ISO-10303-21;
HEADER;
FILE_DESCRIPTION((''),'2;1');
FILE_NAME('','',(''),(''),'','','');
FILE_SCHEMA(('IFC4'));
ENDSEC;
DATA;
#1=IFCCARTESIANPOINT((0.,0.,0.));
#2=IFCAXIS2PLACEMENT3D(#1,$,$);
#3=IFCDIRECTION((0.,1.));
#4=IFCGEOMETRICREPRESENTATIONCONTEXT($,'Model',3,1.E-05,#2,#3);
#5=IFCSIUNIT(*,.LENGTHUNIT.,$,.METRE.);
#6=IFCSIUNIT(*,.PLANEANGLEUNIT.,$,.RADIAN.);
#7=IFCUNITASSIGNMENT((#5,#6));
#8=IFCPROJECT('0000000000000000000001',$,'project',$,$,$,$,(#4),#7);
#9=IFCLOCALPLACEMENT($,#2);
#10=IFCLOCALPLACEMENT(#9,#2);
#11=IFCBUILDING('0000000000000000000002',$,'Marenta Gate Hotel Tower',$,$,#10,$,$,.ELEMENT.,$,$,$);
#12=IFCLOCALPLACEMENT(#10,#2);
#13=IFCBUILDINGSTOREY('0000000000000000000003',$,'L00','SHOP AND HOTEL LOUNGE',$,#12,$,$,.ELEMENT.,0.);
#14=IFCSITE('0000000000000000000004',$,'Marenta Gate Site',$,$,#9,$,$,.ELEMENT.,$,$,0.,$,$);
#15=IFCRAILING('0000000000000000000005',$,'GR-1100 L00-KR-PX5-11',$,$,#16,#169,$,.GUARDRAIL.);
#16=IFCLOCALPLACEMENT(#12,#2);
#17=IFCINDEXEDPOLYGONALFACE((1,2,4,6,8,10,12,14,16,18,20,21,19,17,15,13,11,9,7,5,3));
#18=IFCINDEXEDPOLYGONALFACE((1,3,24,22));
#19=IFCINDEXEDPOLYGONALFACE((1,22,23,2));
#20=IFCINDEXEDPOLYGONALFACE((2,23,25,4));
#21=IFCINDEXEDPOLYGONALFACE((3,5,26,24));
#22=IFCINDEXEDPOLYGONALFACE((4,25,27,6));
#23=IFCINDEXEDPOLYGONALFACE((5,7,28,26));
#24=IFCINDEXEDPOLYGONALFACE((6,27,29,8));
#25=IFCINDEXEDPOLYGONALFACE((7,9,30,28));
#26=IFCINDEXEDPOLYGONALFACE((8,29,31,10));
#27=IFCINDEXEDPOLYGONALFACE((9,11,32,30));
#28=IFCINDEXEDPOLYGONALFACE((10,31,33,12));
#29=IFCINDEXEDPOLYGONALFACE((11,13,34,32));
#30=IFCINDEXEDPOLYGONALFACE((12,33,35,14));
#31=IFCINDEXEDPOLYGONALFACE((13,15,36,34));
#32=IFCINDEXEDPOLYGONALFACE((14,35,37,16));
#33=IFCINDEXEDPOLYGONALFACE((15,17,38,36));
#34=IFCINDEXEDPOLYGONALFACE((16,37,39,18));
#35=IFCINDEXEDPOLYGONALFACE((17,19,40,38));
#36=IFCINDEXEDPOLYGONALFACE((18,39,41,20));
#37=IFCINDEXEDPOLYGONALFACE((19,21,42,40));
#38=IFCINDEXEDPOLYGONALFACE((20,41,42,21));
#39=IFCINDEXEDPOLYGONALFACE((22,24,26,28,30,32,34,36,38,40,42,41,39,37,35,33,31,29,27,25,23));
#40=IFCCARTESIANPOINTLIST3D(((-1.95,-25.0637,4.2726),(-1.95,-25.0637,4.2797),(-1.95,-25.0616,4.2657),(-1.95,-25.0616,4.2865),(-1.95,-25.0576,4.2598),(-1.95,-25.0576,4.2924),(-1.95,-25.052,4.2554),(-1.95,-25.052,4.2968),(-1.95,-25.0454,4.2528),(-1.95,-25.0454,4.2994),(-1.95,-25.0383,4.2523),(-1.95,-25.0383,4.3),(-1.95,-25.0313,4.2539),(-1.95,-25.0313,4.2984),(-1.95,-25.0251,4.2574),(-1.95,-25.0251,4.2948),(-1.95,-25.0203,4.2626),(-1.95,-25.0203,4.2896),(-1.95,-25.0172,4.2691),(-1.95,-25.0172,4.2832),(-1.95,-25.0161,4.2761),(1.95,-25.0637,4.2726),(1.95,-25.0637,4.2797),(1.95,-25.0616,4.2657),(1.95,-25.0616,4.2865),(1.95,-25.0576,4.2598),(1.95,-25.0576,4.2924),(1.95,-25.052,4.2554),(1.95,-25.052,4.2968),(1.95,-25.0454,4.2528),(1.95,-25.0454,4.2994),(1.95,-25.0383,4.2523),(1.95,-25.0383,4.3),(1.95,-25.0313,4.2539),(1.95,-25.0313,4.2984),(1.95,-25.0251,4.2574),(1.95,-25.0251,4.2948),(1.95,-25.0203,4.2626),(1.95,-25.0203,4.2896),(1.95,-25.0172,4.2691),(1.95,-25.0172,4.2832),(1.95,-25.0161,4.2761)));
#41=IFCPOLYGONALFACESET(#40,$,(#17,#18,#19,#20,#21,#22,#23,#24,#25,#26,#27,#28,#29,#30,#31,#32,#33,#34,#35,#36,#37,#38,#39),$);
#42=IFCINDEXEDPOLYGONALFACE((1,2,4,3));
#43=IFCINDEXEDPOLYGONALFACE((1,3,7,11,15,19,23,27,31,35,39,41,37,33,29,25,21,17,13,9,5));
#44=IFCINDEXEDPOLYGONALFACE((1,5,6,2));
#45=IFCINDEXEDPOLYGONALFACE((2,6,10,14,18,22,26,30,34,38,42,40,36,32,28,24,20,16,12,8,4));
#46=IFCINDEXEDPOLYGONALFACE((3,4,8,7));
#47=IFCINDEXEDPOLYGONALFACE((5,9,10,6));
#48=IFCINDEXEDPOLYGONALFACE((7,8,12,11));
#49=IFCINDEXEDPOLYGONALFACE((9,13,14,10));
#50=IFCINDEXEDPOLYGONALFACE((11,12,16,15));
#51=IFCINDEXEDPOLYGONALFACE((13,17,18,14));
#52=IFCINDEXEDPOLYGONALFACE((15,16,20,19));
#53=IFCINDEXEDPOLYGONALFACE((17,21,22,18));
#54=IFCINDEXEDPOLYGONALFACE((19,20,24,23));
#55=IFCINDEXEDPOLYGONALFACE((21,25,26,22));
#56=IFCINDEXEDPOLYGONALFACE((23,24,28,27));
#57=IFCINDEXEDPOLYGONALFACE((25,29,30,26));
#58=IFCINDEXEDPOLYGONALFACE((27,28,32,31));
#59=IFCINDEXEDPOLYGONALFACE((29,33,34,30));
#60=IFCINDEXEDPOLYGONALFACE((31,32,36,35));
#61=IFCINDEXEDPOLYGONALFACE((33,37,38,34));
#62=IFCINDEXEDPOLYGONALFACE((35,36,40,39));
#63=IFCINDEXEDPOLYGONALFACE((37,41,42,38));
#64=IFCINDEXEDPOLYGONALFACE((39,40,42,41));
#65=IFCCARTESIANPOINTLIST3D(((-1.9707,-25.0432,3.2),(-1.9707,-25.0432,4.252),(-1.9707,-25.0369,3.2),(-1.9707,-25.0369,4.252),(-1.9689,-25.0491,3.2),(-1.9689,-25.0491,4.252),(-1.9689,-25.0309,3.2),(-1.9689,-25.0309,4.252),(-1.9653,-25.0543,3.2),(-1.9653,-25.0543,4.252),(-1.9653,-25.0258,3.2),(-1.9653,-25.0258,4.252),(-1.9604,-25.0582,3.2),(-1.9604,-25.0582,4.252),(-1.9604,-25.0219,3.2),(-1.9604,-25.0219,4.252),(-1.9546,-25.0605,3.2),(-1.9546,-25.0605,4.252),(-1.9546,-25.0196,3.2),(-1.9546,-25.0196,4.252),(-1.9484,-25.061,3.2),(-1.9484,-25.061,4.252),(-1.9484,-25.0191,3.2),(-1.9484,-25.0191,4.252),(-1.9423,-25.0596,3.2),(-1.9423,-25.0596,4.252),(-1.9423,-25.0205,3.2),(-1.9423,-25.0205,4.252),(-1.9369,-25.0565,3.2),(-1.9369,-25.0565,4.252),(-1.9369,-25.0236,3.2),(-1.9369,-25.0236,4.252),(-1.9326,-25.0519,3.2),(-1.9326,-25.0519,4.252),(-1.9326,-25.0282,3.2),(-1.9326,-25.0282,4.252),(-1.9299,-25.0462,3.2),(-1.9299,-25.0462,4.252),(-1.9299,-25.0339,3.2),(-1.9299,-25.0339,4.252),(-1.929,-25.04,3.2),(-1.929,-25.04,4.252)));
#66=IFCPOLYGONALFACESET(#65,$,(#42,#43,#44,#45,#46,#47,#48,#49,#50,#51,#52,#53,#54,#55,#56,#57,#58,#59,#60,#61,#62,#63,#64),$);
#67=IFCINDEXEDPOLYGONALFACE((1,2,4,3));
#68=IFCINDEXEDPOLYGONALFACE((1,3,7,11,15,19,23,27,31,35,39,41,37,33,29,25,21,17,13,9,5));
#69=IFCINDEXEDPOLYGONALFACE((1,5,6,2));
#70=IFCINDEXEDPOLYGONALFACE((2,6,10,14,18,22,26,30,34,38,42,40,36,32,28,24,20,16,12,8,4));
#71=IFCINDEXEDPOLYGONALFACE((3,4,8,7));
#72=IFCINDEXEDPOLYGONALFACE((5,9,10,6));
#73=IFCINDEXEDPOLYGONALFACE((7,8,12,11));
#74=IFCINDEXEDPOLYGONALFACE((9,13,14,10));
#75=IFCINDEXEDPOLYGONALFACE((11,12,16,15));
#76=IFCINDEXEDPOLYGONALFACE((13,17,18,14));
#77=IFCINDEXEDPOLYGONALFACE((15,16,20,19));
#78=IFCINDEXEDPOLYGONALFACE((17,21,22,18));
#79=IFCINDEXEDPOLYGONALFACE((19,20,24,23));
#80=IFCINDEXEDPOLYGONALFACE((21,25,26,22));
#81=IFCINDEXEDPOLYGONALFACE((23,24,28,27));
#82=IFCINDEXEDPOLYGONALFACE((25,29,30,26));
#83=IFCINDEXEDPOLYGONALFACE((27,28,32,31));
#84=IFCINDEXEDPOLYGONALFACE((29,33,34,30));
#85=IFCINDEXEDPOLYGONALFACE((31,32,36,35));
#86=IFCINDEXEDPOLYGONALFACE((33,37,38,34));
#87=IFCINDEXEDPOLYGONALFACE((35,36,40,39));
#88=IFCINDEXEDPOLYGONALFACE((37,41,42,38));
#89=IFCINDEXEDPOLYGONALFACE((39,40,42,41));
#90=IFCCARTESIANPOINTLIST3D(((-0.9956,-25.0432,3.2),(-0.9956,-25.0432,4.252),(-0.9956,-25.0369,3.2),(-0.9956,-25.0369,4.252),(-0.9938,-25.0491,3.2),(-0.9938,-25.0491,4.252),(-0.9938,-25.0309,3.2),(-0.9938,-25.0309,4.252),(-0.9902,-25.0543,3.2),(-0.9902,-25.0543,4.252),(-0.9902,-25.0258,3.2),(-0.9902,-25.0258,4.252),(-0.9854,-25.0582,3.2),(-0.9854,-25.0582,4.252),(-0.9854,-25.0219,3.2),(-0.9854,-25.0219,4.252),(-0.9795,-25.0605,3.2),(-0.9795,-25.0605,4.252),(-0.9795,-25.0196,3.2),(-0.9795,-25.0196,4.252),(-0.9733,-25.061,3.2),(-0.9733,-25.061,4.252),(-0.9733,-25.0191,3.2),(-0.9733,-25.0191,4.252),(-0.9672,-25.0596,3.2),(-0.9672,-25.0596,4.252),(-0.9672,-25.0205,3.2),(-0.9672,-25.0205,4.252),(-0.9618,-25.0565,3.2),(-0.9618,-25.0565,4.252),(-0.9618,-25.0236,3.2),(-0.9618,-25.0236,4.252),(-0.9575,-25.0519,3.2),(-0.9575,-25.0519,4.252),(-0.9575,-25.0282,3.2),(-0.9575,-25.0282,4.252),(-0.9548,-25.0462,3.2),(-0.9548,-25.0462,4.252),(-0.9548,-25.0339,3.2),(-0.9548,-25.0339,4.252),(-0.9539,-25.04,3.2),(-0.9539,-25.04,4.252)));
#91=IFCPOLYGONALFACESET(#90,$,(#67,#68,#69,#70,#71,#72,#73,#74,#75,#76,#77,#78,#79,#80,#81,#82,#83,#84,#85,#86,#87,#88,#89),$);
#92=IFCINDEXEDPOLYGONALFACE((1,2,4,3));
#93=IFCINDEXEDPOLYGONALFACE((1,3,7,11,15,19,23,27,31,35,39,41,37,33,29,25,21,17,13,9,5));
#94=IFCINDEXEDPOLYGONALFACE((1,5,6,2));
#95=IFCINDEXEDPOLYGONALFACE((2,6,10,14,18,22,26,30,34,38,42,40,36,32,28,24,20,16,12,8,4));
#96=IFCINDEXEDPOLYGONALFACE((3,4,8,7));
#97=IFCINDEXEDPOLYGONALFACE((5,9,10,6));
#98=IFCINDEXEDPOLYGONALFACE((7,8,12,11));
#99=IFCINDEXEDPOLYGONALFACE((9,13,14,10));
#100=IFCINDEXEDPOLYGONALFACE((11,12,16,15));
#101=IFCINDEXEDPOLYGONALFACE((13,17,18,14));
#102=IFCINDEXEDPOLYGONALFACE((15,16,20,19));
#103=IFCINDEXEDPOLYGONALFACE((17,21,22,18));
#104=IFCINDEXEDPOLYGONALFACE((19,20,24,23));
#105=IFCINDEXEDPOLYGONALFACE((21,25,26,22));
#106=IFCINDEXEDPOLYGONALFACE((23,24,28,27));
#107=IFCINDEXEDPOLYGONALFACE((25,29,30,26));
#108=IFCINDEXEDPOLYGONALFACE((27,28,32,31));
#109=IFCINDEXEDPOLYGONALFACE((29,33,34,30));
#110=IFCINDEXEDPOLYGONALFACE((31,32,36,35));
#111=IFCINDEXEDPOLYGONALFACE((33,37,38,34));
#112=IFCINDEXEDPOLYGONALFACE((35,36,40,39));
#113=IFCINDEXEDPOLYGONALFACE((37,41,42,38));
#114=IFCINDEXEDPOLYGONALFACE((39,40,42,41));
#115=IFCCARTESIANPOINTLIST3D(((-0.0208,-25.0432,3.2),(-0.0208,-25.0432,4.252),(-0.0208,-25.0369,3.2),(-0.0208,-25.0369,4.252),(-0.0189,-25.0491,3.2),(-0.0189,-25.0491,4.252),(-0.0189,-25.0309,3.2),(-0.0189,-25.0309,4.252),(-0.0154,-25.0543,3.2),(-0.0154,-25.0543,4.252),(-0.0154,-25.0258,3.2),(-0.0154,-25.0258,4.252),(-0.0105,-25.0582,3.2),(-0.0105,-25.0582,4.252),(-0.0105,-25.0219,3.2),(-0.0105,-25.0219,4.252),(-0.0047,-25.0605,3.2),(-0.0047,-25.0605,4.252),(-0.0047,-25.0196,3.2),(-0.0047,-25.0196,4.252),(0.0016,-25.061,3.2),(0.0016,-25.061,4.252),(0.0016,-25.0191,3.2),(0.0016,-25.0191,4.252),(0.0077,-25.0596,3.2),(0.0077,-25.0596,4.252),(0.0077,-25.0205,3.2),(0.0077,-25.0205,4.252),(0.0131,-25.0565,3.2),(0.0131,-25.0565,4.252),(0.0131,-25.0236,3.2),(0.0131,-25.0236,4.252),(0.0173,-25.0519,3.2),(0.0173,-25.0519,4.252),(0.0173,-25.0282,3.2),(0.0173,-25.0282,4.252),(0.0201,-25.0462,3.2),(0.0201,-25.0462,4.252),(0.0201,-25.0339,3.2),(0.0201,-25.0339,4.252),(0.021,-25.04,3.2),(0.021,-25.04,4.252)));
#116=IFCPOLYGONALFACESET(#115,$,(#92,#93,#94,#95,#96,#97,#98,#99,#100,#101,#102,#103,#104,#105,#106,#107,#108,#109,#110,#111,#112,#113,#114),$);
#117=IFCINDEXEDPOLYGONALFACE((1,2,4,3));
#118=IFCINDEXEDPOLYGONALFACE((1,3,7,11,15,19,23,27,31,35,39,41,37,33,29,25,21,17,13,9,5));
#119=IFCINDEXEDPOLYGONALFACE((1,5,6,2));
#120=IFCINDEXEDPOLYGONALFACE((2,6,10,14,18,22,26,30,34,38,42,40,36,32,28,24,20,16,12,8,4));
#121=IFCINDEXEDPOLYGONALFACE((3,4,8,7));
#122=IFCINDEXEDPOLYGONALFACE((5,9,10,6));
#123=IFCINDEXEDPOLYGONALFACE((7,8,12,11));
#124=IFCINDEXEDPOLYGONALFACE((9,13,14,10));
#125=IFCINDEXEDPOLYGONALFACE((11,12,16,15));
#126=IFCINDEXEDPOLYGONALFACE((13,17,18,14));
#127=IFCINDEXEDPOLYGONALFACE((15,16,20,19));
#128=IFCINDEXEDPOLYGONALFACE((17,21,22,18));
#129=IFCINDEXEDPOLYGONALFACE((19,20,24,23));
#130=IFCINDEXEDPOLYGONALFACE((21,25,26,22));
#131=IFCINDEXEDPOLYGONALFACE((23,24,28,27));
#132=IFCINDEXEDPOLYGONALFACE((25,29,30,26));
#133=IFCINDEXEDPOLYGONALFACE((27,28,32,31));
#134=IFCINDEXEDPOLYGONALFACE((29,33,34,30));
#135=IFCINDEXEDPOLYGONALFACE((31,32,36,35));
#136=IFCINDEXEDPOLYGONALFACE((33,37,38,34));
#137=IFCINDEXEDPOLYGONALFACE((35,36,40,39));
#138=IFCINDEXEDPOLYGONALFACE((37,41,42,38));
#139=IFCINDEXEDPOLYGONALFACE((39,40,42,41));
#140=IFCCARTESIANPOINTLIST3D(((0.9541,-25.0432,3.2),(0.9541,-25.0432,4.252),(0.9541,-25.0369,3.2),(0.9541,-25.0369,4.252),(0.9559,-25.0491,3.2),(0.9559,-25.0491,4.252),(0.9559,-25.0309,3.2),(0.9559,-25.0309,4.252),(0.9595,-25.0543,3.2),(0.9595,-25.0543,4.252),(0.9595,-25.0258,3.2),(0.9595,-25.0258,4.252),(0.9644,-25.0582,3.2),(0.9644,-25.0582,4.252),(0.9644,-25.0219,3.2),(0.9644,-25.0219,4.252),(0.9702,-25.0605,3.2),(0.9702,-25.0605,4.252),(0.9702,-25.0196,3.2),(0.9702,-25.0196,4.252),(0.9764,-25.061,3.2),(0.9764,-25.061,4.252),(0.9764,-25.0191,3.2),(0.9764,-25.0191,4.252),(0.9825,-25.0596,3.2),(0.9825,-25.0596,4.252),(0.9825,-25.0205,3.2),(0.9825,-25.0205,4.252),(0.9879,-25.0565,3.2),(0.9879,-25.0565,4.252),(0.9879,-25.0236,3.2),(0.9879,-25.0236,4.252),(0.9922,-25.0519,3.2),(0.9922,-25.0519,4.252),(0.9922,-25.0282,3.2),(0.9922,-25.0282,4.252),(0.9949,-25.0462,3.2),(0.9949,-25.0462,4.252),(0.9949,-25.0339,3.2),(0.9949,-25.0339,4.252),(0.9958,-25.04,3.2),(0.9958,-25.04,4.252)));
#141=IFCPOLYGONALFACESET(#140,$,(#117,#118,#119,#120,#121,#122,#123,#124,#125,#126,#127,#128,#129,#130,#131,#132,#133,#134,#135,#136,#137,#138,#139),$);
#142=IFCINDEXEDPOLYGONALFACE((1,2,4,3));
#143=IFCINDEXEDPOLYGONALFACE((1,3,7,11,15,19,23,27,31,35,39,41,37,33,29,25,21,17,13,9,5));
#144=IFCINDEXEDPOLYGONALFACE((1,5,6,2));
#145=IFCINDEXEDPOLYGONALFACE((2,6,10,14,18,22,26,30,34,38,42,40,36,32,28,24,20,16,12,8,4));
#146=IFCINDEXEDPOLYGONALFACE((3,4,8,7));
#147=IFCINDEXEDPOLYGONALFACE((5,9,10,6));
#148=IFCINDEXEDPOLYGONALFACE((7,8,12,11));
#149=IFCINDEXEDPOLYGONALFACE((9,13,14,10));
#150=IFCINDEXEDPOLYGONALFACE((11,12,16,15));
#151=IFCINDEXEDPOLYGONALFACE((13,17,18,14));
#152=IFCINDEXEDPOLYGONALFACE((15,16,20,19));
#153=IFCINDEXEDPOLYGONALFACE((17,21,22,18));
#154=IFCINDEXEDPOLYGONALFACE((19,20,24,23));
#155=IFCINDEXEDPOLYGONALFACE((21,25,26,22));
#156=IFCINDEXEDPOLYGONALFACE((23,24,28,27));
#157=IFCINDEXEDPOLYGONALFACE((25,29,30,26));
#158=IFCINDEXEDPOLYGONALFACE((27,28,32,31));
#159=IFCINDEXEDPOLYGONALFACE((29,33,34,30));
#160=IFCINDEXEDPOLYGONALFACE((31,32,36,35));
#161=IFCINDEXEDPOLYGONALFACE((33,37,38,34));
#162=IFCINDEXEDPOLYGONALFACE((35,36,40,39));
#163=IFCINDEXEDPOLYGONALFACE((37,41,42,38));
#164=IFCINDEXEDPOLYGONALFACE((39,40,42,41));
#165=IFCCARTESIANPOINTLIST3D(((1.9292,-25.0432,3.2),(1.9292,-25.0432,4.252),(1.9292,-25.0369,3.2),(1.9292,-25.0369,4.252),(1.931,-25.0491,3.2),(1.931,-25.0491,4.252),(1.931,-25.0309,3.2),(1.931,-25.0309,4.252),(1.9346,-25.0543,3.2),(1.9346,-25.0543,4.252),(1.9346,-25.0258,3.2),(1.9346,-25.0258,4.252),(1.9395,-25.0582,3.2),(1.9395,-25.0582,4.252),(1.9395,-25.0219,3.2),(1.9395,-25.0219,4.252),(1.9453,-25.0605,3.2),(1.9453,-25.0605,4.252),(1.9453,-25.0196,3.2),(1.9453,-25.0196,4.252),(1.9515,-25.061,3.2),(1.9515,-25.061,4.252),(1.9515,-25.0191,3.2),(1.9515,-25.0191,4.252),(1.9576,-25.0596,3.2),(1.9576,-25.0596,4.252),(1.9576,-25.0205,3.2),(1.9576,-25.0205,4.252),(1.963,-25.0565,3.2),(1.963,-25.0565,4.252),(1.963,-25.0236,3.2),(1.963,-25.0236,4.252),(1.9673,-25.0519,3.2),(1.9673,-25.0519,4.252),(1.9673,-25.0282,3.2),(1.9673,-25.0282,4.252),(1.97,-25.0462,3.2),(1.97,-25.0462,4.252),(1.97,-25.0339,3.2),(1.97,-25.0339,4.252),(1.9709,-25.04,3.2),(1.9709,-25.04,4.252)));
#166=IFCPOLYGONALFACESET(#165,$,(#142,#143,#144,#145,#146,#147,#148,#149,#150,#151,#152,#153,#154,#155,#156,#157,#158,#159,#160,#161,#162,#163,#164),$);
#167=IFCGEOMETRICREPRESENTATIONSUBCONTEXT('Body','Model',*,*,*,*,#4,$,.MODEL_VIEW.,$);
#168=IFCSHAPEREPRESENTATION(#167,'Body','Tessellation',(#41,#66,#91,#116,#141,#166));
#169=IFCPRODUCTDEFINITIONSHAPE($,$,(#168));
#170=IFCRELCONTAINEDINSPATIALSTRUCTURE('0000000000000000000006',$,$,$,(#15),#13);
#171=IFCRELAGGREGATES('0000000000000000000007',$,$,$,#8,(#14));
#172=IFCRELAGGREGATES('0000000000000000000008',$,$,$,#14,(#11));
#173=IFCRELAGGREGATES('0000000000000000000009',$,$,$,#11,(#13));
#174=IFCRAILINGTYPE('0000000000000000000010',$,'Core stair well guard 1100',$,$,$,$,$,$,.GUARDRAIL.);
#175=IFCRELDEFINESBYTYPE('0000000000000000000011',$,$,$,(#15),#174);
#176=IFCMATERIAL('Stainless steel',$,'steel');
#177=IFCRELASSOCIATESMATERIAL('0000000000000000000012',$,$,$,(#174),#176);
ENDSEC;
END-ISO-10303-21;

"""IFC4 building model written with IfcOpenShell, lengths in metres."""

from ifc_helpers import new_model, si_unit, direction, frame, origin, origin_2d, place, context, subcontext, project, spatial, circle, extrude, material, type_object, element, save


model = new_model("IFC4")

# Units and contexts
model_context = context("Model", 3, precision=1e-05, world=origin(), true_north=direction((0.0, 1.0)))
body_context = subcontext(model_context, "Body", "Model", "MODEL_VIEW")
ifc_project = project(units=[si_unit("LENGTHUNIT", "METRE"), si_unit("PLANEANGLEUNIT", "RADIAN")], contexts=[model_context])

# Site, building, storey
site_placement = place(None, origin())
site = spatial("IfcSite", under=ifc_project, at=site_placement, Name="Marenta Gate Site", CompositionType="ELEMENT", RefElevation=0.0)
building_placement = place(site_placement, origin())
building = spatial("IfcBuilding", under=site, at=building_placement, Name="Marenta Gate Hotel Tower", CompositionType="ELEMENT")
storey_placement = place(building_placement, origin())
storey = spatial("IfcBuildingStorey", under=building, at=storey_placement, Name="L00", Description="SHOP AND HOTEL LOUNGE", CompositionType="ELEMENT", Elevation=0.0)

# Railing
ifc_material_1 = material(Name="Stainless steel", Category="steel")
railing_type = type_object("IfcRailingType", Name="Core stair well guard 1100", PredefinedType="GUARDRAIL", material=ifc_material_1)
for number, where, name in (
    (1, (-1.95, -25.04, 3.2), "GR-1100 L00-KR-PX5-11"),
):
    element("IfcRailing", number, at=place(storey_placement, frame(where)), inside=storey, type_object=railing_type, Name=name, PredefinedType="GUARDRAIL", context=body_context, shape_type="SweptSolid", body=[
        extrude(circle(Radius=0.0239, at=origin_2d()), frame((0.0, 0.0, 1.0762), z_axis=(1.0, 0.0, 0.0), x_axis=(0.0, 1.0, 0.0)), (0.0, 0.0, 1.0), 3.8999),
        extrude(circle(Radius=0.021, at=origin_2d()), origin(), (0.0, 0.0, 1.0), 1.052),
        extrude(circle(Radius=0.021, at=origin_2d()), frame((0.9751, 0.0, 0.0)), (0.0, 0.0, 1.0), 1.052),
        extrude(circle(Radius=0.021, at=origin_2d()), frame((1.95, 0.0, 0.0)), (0.0, 0.0, 1.0), 1.052),
        extrude(circle(Radius=0.021, at=origin_2d()), frame((2.9248, 0.0, 0.0)), (0.0, 0.0, 1.0), 1.052),
        extrude(circle(Radius=0.021, at=origin_2d()), frame((3.8999, 0.0, 0.0)), (0.0, 0.0, 1.0), 1.052),
    ])

save(model, "model.ifc")
